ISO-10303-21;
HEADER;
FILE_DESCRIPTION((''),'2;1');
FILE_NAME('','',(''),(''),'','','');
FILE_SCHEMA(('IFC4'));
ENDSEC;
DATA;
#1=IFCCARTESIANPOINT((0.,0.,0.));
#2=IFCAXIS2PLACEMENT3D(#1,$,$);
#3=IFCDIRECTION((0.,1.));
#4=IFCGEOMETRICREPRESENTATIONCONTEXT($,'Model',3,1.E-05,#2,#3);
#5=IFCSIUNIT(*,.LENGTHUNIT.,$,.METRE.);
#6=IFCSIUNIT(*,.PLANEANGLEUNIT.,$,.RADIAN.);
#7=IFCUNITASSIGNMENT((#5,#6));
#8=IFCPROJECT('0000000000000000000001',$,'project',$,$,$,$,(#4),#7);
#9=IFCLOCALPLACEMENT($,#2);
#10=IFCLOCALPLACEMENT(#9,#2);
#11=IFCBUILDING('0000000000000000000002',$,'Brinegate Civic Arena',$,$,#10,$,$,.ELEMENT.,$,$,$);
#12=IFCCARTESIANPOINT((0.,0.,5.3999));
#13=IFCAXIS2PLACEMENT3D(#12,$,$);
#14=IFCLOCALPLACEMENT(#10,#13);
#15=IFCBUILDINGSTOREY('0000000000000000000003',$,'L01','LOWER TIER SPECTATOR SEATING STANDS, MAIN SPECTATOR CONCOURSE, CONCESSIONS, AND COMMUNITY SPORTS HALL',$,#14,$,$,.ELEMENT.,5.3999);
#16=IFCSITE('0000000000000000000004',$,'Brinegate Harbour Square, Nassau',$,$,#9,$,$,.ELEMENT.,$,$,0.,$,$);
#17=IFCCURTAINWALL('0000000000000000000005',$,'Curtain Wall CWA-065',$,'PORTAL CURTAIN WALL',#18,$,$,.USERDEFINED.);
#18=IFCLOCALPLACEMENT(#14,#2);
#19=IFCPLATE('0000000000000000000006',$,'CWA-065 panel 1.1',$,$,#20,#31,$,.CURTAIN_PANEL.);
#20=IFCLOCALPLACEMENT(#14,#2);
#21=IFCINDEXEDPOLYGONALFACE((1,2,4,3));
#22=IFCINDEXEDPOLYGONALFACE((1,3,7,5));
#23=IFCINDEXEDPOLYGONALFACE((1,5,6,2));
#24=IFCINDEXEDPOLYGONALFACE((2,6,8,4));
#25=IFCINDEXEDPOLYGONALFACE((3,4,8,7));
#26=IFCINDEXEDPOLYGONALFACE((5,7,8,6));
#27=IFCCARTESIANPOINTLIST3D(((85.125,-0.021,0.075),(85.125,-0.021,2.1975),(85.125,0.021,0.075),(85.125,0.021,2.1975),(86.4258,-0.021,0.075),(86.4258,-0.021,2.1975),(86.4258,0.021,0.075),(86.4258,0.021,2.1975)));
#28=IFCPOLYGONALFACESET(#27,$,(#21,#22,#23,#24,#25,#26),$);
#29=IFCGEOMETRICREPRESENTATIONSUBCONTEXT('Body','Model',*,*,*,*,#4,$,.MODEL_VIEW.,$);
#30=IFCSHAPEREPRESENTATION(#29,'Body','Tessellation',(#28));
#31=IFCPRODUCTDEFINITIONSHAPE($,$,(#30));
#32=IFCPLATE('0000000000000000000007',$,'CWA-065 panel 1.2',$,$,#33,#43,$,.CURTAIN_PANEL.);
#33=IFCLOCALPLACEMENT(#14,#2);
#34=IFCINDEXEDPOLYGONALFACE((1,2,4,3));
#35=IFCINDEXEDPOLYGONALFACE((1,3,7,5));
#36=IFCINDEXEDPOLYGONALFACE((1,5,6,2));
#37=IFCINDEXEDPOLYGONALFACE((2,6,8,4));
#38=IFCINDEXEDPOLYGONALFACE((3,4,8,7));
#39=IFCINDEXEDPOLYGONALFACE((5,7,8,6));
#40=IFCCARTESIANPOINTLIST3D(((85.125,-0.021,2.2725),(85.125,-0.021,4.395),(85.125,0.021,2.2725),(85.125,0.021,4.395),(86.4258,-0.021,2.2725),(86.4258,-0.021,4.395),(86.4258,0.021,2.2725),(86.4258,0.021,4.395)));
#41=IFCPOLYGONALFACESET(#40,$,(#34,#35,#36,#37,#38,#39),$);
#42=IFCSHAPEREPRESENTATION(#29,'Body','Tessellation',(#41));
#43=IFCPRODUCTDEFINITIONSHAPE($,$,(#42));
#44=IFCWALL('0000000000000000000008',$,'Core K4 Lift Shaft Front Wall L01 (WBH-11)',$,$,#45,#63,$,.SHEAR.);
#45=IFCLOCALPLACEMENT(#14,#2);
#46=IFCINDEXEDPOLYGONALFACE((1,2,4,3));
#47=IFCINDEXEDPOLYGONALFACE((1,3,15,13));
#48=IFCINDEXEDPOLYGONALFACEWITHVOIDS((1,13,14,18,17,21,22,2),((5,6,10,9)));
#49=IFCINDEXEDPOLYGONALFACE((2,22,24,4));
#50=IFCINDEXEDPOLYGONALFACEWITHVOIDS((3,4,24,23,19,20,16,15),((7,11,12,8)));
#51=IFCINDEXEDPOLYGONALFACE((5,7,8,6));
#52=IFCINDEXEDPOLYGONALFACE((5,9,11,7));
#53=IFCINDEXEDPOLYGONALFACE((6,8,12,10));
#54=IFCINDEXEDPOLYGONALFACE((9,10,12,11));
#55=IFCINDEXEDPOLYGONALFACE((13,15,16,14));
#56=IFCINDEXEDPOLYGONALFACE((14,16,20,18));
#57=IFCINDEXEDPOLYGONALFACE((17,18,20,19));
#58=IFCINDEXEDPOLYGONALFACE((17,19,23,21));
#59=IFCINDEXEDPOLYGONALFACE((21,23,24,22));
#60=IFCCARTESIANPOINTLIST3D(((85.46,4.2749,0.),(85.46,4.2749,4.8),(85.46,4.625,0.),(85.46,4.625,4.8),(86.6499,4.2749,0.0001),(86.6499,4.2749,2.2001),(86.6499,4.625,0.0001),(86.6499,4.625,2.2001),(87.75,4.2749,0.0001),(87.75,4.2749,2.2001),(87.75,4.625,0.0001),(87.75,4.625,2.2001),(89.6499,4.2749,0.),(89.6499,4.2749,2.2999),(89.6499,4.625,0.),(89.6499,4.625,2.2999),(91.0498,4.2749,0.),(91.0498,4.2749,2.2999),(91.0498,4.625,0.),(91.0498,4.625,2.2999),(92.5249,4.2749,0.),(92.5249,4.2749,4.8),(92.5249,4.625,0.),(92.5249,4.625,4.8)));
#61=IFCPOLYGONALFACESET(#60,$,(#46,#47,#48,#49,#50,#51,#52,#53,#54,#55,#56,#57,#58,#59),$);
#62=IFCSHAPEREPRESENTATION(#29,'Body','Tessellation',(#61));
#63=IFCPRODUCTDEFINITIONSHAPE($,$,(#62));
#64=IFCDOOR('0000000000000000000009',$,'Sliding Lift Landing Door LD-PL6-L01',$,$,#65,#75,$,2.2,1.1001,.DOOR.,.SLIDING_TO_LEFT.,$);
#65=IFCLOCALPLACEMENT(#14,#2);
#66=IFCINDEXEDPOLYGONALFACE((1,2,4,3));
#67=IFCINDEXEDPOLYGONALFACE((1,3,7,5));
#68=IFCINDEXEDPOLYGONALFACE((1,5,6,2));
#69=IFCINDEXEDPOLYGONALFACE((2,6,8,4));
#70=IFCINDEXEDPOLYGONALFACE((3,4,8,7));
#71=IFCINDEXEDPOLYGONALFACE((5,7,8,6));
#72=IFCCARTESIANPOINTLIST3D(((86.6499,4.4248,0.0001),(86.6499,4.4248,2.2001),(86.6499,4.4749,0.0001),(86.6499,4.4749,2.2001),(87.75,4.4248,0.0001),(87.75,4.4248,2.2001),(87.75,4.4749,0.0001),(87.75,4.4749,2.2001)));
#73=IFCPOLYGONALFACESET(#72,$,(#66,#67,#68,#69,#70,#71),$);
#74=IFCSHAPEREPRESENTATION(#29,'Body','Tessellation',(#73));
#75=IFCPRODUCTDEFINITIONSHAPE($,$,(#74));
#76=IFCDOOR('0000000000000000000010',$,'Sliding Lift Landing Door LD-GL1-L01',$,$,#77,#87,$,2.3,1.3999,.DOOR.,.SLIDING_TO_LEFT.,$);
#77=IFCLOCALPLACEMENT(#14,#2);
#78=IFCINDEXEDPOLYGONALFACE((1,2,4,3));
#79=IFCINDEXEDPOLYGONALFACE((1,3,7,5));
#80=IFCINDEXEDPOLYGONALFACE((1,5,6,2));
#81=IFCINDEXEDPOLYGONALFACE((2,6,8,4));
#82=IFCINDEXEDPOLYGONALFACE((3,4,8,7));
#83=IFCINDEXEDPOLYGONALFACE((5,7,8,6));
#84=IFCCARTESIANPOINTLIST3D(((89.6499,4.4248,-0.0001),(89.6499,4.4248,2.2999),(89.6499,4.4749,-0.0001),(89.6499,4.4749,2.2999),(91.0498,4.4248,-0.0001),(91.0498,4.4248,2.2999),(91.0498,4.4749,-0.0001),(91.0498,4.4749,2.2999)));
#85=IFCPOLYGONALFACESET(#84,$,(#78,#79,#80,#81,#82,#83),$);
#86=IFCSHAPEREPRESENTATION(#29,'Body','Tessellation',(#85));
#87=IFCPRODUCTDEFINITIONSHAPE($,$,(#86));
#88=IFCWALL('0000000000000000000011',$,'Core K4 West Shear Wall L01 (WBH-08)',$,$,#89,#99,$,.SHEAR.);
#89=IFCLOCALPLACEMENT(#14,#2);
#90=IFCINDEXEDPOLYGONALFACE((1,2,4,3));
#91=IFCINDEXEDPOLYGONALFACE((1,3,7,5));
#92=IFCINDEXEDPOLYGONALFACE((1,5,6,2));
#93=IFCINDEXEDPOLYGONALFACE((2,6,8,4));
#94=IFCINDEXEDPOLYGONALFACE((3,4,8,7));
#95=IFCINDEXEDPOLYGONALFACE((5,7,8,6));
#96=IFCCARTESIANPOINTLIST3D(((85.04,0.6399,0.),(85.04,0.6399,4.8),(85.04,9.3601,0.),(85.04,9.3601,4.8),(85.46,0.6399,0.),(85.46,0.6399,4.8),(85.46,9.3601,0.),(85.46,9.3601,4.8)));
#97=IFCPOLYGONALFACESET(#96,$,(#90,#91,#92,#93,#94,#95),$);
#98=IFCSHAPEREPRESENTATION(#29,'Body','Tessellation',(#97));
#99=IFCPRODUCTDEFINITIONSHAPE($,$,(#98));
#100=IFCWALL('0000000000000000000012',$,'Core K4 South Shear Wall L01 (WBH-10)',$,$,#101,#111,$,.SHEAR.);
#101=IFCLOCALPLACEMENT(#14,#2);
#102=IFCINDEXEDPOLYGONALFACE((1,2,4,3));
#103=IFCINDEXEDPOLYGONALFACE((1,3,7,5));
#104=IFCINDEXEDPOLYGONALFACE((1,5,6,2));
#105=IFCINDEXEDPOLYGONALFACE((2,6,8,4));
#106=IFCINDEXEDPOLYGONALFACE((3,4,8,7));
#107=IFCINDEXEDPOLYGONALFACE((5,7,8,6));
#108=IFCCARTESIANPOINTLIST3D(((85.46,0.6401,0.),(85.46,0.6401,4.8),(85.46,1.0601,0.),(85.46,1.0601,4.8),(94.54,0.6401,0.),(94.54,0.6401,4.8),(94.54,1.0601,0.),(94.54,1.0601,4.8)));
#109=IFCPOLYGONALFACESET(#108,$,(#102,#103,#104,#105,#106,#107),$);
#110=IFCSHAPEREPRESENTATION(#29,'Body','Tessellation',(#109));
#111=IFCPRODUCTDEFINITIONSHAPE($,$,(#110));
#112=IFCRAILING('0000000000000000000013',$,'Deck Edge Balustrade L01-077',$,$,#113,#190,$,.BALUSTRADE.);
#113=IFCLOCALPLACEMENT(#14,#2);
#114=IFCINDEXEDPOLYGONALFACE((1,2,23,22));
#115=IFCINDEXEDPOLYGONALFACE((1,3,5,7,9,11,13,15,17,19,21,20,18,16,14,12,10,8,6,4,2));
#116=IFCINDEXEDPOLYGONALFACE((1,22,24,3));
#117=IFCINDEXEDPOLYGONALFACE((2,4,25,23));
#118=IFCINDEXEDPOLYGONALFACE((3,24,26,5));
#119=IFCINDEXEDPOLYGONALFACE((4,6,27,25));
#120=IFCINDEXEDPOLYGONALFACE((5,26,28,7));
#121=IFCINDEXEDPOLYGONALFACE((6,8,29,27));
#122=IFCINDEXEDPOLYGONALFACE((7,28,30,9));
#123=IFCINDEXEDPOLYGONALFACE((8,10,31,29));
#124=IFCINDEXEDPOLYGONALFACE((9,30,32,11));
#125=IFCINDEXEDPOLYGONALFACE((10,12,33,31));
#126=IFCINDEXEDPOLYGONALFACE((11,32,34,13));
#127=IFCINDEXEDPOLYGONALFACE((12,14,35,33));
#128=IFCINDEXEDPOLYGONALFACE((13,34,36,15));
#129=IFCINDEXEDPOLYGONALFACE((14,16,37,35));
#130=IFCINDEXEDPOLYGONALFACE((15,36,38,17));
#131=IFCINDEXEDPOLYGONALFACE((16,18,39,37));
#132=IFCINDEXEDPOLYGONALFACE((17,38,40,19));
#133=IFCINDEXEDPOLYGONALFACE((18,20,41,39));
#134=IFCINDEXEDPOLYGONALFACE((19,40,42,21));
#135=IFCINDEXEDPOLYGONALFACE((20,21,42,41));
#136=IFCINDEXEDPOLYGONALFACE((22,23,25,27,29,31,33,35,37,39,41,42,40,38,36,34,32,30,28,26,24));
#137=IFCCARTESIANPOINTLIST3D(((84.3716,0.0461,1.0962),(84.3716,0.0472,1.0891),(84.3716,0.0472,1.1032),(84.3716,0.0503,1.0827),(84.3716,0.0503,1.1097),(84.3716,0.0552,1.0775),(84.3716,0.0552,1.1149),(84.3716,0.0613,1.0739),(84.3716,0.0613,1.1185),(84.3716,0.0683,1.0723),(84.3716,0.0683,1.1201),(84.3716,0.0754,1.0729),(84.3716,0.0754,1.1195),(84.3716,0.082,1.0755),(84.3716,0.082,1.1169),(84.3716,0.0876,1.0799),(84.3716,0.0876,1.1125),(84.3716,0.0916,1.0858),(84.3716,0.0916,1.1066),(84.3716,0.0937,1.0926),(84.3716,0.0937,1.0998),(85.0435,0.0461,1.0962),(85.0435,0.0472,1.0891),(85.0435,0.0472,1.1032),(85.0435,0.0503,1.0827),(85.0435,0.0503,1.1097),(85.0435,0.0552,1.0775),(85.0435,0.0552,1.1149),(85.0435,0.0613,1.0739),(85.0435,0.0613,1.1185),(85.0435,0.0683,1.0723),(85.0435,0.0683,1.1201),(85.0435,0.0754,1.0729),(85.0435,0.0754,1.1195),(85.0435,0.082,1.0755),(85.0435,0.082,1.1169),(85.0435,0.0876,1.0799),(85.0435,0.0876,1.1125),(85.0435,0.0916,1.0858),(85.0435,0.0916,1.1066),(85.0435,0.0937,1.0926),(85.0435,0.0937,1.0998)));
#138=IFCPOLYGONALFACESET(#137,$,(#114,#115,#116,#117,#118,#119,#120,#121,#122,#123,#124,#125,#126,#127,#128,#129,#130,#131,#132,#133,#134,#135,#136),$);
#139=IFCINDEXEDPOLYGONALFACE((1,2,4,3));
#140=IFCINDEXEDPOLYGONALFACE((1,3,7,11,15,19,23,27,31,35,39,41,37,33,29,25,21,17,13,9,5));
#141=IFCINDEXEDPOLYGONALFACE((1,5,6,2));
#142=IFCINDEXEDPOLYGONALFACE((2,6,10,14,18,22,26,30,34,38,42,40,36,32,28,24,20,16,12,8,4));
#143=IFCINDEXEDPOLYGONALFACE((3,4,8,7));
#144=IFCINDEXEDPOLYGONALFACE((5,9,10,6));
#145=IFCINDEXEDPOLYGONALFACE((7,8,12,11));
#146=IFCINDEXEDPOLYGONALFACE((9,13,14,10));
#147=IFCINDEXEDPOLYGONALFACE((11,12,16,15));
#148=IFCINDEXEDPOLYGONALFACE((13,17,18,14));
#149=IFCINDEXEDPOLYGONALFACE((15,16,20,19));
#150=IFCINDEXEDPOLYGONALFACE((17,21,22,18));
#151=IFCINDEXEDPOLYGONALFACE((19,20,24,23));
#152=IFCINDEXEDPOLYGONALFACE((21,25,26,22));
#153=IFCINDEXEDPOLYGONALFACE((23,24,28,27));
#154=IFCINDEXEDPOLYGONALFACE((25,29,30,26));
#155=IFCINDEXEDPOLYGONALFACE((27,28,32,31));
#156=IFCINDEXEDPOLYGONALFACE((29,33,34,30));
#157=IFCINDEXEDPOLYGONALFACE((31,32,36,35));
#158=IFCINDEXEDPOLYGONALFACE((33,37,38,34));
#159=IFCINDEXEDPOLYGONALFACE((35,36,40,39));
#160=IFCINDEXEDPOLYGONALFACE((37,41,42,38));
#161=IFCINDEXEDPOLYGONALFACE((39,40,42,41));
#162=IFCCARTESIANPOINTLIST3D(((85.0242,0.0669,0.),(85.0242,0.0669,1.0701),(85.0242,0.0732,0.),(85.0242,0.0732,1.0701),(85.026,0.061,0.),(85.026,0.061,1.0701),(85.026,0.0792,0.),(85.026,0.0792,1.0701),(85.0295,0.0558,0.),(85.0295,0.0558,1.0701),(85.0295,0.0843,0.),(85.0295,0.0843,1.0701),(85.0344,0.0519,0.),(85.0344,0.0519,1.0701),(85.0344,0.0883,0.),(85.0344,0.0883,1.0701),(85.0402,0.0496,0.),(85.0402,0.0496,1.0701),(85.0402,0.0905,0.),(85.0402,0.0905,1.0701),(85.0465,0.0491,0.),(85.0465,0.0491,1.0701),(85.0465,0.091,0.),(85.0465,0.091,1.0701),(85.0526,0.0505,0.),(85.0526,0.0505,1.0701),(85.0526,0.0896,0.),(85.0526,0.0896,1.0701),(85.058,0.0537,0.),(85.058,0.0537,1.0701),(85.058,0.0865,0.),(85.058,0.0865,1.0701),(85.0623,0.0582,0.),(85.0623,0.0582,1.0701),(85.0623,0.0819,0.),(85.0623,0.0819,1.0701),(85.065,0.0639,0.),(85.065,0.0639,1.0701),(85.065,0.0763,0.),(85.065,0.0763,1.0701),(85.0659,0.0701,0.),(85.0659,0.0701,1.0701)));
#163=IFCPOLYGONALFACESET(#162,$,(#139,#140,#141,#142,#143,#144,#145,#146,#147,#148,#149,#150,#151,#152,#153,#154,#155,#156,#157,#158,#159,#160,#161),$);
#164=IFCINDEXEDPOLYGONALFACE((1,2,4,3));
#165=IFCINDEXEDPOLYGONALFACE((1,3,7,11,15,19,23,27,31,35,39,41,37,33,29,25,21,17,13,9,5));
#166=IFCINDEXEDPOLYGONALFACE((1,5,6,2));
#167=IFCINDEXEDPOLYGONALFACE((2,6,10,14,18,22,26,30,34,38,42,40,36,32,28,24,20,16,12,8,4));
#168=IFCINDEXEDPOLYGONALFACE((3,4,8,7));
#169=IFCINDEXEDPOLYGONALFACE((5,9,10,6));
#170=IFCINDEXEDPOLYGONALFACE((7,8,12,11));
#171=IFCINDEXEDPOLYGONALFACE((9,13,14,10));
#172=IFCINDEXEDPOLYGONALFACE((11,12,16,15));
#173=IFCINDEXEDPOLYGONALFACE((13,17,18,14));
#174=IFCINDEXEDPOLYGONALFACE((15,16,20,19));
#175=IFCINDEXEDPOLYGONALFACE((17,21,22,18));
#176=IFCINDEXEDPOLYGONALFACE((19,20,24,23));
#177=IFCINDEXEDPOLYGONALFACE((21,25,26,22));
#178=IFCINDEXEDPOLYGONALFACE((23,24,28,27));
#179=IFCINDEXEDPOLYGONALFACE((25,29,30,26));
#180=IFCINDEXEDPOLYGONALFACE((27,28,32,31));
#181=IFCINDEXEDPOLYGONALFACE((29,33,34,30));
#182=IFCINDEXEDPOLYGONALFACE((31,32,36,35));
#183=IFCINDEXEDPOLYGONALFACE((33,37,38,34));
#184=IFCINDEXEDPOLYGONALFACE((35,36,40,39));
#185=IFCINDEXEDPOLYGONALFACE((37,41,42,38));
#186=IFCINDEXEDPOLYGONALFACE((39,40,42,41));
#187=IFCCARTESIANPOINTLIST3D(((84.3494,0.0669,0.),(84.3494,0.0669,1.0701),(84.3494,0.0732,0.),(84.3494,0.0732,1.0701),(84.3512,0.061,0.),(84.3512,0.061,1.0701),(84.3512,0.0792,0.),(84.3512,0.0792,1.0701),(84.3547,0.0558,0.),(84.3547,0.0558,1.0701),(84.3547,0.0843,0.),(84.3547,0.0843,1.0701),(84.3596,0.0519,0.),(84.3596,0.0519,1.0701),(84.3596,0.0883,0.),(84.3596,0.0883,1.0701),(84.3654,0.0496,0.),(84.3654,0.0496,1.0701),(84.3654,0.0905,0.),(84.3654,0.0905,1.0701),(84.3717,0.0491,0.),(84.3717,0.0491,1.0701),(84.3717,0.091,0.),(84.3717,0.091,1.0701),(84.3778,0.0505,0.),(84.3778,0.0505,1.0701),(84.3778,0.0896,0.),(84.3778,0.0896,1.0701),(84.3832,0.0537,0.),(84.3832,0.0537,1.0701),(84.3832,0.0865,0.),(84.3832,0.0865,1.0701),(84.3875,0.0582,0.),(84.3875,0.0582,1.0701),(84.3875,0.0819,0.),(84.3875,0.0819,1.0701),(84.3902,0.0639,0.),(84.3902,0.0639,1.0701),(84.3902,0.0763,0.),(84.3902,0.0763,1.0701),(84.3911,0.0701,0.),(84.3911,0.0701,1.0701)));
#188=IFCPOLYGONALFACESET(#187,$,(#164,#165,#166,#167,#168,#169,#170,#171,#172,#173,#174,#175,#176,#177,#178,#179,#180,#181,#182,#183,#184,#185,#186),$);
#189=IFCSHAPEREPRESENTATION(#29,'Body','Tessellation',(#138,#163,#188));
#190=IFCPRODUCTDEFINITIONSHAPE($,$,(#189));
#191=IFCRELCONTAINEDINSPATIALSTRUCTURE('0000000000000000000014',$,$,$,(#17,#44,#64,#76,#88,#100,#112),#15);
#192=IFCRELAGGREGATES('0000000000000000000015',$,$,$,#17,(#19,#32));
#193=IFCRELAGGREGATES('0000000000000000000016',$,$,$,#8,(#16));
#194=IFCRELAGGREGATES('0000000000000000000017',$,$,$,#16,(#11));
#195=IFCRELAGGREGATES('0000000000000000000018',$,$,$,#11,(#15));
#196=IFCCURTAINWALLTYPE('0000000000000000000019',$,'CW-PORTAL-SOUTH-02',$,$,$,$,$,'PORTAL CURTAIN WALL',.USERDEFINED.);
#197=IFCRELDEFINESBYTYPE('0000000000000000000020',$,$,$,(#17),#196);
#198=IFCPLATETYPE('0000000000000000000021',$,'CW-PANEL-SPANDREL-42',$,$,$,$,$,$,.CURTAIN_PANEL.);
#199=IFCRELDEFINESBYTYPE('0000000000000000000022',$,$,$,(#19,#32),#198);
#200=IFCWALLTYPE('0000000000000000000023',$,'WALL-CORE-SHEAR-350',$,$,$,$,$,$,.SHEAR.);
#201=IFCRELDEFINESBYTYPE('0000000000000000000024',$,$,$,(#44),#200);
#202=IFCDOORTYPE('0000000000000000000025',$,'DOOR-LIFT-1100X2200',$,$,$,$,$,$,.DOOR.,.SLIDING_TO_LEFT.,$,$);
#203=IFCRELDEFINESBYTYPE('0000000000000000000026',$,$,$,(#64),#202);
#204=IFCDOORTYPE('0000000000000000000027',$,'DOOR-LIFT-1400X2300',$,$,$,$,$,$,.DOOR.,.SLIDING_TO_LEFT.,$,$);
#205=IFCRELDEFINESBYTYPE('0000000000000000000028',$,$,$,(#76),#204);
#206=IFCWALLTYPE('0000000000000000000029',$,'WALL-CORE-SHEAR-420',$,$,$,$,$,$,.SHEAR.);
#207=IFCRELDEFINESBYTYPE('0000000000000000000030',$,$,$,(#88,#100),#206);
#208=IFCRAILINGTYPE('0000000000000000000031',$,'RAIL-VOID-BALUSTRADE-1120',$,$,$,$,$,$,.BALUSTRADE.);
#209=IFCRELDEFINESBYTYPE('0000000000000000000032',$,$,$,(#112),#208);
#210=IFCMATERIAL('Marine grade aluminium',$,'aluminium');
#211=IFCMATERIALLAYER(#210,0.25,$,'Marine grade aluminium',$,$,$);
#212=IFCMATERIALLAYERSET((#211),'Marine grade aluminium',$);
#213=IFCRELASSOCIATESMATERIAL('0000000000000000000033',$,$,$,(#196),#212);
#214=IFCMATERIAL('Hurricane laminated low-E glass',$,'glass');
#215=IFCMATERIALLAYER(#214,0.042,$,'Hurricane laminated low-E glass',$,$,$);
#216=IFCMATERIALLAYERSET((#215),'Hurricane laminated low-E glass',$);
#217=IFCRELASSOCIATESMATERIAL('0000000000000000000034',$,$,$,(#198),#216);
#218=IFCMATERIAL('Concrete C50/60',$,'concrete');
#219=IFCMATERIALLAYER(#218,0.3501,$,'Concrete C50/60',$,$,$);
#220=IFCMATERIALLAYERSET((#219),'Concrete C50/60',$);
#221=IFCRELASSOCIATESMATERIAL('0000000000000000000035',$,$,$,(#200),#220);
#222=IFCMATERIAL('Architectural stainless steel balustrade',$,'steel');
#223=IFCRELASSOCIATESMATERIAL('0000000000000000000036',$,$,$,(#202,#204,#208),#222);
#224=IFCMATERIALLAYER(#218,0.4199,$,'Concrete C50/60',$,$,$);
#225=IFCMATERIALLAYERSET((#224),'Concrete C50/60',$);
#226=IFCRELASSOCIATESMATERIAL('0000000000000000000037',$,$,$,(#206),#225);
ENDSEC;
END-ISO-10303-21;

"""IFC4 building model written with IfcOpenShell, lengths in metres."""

from ifc_helpers import new_model, si_unit, direction, frame, frame_2d, origin, origin_2d, place, context, subcontext, project, spatial, rectangle, circle, extrude, material, layer, layer_set, type_object, element, fill, aggregate, save


model = new_model("IFC4")

# Units and contexts
model_context = context("Model", 3, precision=1e-05, world=origin(), true_north=direction((0.0, 1.0)))
body_context = subcontext(model_context, "Body", "Model", "MODEL_VIEW")
ifc_project = project(units=[si_unit("LENGTHUNIT", "METRE"), si_unit("PLANEANGLEUNIT", "RADIAN")], contexts=[model_context])

# Site, building, storey
site_placement = place(None, origin())
site = spatial("IfcSite", under=ifc_project, at=site_placement, Name="Brinegate Harbour Square, Nassau", CompositionType="ELEMENT", RefElevation=0.0)
building_placement = place(site_placement, origin())
building = spatial("IfcBuilding", under=site, at=building_placement, Name="Brinegate Civic Arena", CompositionType="ELEMENT")
storey_placement = place(building_placement, frame((0.0, 0.0, 5.3999)))
storey = spatial("IfcBuildingStorey", under=building, at=storey_placement, Name="L01", Description="LOWER TIER SPECTATOR SEATING STANDS, MAIN SPECTATOR CONCOURSE, CONCESSIONS, AND COMMUNITY SPORTS HALL", CompositionType="ELEMENT", Elevation=5.3999)

# Curtain wall
ifc_material_1 = material(Name="Marine grade aluminium", Category="aluminium")
ifc_layer_1 = layer(ifc_material_1, 0.25, Name="Marine grade aluminium")
ifc_layer_set_1 = layer_set([ifc_layer_1], Name="Marine grade aluminium")
curtain_wall_type = type_object("IfcCurtainWallType", Name="CW-PORTAL-SOUTH-02", ElementType="PORTAL CURTAIN WALL", PredefinedType="USERDEFINED", material=ifc_layer_set_1)
curtain_wall_1_placement = place(storey_placement, origin())
curtain_wall_1 = element("IfcCurtainWall", 1, at=curtain_wall_1_placement, inside=storey, type_object=curtain_wall_type, Name="Curtain Wall CWA-065", ObjectType="PORTAL CURTAIN WALL", PredefinedType="USERDEFINED")

# Plates
ifc_material_2 = material(Name="Hurricane laminated low-E glass", Category="glass")
ifc_layer_2 = layer(ifc_material_2, 0.042, Name="Hurricane laminated low-E glass")
ifc_layer_set_2 = layer_set([ifc_layer_2], Name="Hurricane laminated low-E glass")
plate_type_1 = type_object("IfcPlateType", Name="CW-PANEL-SPANDREL-42", PredefinedType="CURTAIN_PANEL", material=ifc_layer_set_2)
plate_1_placement = place(storey_placement, frame((85.7754, 0.0, 0.075), z_axis=(0.0, 0.0, 1.0), x_axis=(1.0, 0.0, 0.0)))
plate_1 = element("IfcPlate", 2, at=plate_1_placement, type_object=plate_type_1, Name="CWA-065 panel 1.1", PredefinedType="CURTAIN_PANEL", context=body_context, shape_type="SweptSolid", body=[
    extrude(rectangle(XDim=1.3008, YDim=0.042, at=origin_2d()), origin(), (0.0, 0.0, 1.0), 2.1226),
])
plate_2_placement = place(storey_placement, frame((85.7754, 0.0, 2.2725), z_axis=(0.0, 0.0, 1.0), x_axis=(1.0, 0.0, 0.0)))
plate_2 = element("IfcPlate", 3, at=plate_2_placement, type_object=plate_type_1, Name="CWA-065 panel 1.2", PredefinedType="CURTAIN_PANEL", context=body_context, shape_type="SweptSolid", body=[
    extrude(rectangle(XDim=1.3008, YDim=0.042, at=origin_2d()), origin(), (0.0, 0.0, 1.0), 2.1226),
])
aggregate(curtain_wall_1, [plate_1, plate_2])

# Wall, openings, doors
ifc_material_3 = material(Name="Concrete C50/60", Category="concrete")
ifc_layer_3 = layer(ifc_material_3, 0.3501, Name="Concrete C50/60")
ifc_layer_set_3 = layer_set([ifc_layer_3], Name="Concrete C50/60")
wall_type_1 = type_object("IfcWallType", Name="WALL-CORE-SHEAR-350", PredefinedType="SHEAR", material=ifc_layer_set_3)
wall_1_placement = place(storey_placement, frame((85.46, 4.45, 0.0), z_axis=(0.0, 0.0, 1.0), x_axis=(1.0, 0.0, 0.0)))
wall_1 = element("IfcWall", 4, at=wall_1_placement, inside=storey, type_object=wall_type_1, Name="Core K4 Lift Shaft Front Wall L01 (WBH-11)", PredefinedType="SHEAR", context=body_context, shape_type="SweptSolid", body=[
    extrude(rectangle(XDim=7.0649, YDim=0.3501, at=frame_2d((3.5325, 0.0))), origin(), (0.0, 0.0, 1.0), 4.8),
])
opening_1_placement = place(wall_1_placement, frame((1.1899, 0.0, 0.0)))
opening_1 = element("IfcOpeningElement", 5, at=opening_1_placement, cuts=wall_1, PredefinedType="OPENING", context=body_context, shape_type="SweptSolid", body=[
    extrude(rectangle(XDim=1.1001, YDim=2.2, at=frame_2d((0.55, 1.1001))), frame((0.0, 0.1851, 0.0), z_axis=(0.0, -1.0, 0.0), x_axis=(1.0, 0.0, 0.0)), (0.0, 0.0, 1.0), 0.3701),
])
opening_2_placement = place(wall_1_placement, frame((4.1899, 0.0, 0.0)))
opening_2 = element("IfcOpeningElement", 6, at=opening_2_placement, cuts=wall_1, PredefinedType="OPENING", context=body_context, shape_type="SweptSolid", body=[
    extrude(rectangle(XDim=1.3999, YDim=2.3, at=frame_2d((0.7, 1.1499))), frame((0.0, 0.1851, 0.0), z_axis=(0.0, -1.0, 0.0), x_axis=(1.0, 0.0, 0.0)), (0.0, 0.0, 1.0), 0.3701),
])
ifc_material_4 = material(Name="Architectural stainless steel balustrade", Category="steel")
door_type_1 = type_object("IfcDoorType", Name="DOOR-LIFT-1100X2200", OperationType="SLIDING_TO_LEFT", PredefinedType="DOOR", material=ifc_material_4)
door_1_placement = place(opening_1_placement, origin())
door_1 = element("IfcDoor", 7, at=door_1_placement, inside=storey, type_object=door_type_1, Name="Sliding Lift Landing Door LD-PL6-L01", OperationType="SLIDING_TO_LEFT", OverallHeight=2.2, OverallWidth=1.1001, PredefinedType="DOOR", context=body_context, shape_type="SweptSolid", body=[
    extrude(rectangle(XDim=1.1001, YDim=2.2, at=frame_2d((0.55, 1.1001))), frame((0.0, 0.0249, 0.0), z_axis=(0.0, -1.0, 0.0), x_axis=(1.0, 0.0, 0.0)), (0.0, 0.0, 1.0), 0.05),
])
fill(opening_1, door_1)
door_type_2 = type_object("IfcDoorType", Name="DOOR-LIFT-1400X2300", OperationType="SLIDING_TO_LEFT", PredefinedType="DOOR", material=ifc_material_4)
door_2_placement = place(opening_2_placement, origin())
door_2 = element("IfcDoor", 8, at=door_2_placement, inside=storey, type_object=door_type_2, Name="Sliding Lift Landing Door LD-GL1-L01", OperationType="SLIDING_TO_LEFT", OverallHeight=2.3, OverallWidth=1.3999, PredefinedType="DOOR", context=body_context, shape_type="SweptSolid", body=[
    extrude(rectangle(XDim=1.3999, YDim=2.3, at=frame_2d((0.7, 1.1499))), frame((0.0, 0.0249, 0.0), z_axis=(0.0, -1.0, 0.0), x_axis=(1.0, 0.0, 0.0)), (0.0, 0.0, 1.0), 0.05),
])
fill(opening_2, door_2)

# Walls
ifc_layer_4 = layer(ifc_material_3, 0.4199, Name="Concrete C50/60")
ifc_layer_set_4 = layer_set([ifc_layer_4], Name="Concrete C50/60")
wall_type_2 = type_object("IfcWallType", Name="WALL-CORE-SHEAR-420", PredefinedType="SHEAR", material=ifc_layer_set_4)
wall_2_placement = place(storey_placement, frame((85.25, 0.6399, 0.0), z_axis=(0.0, 0.0, 1.0), x_axis=(0.0, 1.0, 0.0)))
element("IfcWall", 9, at=wall_2_placement, inside=storey, type_object=wall_type_2, Name="Core K4 West Shear Wall L01 (WBH-08)", PredefinedType="SHEAR", context=body_context, shape_type="SweptSolid", body=[
    extrude(rectangle(XDim=8.7202, YDim=0.4199, at=frame_2d((4.3601, 0.0))), origin(), (0.0, 0.0, 1.0), 4.8),
])
wall_3_placement = place(storey_placement, frame((85.46, 0.8501, 0.0), z_axis=(0.0, 0.0, 1.0), x_axis=(1.0, 0.0, 0.0)))
element("IfcWall", 10, at=wall_3_placement, inside=storey, type_object=wall_type_2, Name="Core K4 South Shear Wall L01 (WBH-10)", PredefinedType="SHEAR", context=body_context, shape_type="SweptSolid", body=[
    extrude(rectangle(XDim=9.0801, YDim=0.4199, at=frame_2d((4.54, 0.0))), origin(), (0.0, 0.0, 1.0), 4.8),
])

# Railing
railing_type = type_object("IfcRailingType", Name="RAIL-VOID-BALUSTRADE-1120", PredefinedType="BALUSTRADE", material=ifc_material_4)
railing_1_placement = place(storey_placement, frame((85.0449, 0.0701, 0.0)))
element("IfcRailing", 11, at=railing_1_placement, inside=storey, type_object=railing_type, Name="Deck Edge Balustrade L01-077", PredefinedType="BALUSTRADE", context=body_context, shape_type="SweptSolid", body=[
    extrude(circle(Radius=0.0239, at=origin_2d()), frame((-0.0015, 0.0, 1.0962), z_axis=(-1.0, 0.0, 0.0), x_axis=(0.0, -1.0, 0.0)), (0.0, 0.0, 1.0), 0.6719),
    extrude(circle(Radius=0.021, at=origin_2d()), origin(), (0.0, 0.0, 1.0), 1.0701),
    extrude(circle(Radius=0.021, at=origin_2d()), frame((-0.6748, 0.0, 0.0)), (0.0, 0.0, 1.0), 1.0701),
])

save(model, "model.ifc")
